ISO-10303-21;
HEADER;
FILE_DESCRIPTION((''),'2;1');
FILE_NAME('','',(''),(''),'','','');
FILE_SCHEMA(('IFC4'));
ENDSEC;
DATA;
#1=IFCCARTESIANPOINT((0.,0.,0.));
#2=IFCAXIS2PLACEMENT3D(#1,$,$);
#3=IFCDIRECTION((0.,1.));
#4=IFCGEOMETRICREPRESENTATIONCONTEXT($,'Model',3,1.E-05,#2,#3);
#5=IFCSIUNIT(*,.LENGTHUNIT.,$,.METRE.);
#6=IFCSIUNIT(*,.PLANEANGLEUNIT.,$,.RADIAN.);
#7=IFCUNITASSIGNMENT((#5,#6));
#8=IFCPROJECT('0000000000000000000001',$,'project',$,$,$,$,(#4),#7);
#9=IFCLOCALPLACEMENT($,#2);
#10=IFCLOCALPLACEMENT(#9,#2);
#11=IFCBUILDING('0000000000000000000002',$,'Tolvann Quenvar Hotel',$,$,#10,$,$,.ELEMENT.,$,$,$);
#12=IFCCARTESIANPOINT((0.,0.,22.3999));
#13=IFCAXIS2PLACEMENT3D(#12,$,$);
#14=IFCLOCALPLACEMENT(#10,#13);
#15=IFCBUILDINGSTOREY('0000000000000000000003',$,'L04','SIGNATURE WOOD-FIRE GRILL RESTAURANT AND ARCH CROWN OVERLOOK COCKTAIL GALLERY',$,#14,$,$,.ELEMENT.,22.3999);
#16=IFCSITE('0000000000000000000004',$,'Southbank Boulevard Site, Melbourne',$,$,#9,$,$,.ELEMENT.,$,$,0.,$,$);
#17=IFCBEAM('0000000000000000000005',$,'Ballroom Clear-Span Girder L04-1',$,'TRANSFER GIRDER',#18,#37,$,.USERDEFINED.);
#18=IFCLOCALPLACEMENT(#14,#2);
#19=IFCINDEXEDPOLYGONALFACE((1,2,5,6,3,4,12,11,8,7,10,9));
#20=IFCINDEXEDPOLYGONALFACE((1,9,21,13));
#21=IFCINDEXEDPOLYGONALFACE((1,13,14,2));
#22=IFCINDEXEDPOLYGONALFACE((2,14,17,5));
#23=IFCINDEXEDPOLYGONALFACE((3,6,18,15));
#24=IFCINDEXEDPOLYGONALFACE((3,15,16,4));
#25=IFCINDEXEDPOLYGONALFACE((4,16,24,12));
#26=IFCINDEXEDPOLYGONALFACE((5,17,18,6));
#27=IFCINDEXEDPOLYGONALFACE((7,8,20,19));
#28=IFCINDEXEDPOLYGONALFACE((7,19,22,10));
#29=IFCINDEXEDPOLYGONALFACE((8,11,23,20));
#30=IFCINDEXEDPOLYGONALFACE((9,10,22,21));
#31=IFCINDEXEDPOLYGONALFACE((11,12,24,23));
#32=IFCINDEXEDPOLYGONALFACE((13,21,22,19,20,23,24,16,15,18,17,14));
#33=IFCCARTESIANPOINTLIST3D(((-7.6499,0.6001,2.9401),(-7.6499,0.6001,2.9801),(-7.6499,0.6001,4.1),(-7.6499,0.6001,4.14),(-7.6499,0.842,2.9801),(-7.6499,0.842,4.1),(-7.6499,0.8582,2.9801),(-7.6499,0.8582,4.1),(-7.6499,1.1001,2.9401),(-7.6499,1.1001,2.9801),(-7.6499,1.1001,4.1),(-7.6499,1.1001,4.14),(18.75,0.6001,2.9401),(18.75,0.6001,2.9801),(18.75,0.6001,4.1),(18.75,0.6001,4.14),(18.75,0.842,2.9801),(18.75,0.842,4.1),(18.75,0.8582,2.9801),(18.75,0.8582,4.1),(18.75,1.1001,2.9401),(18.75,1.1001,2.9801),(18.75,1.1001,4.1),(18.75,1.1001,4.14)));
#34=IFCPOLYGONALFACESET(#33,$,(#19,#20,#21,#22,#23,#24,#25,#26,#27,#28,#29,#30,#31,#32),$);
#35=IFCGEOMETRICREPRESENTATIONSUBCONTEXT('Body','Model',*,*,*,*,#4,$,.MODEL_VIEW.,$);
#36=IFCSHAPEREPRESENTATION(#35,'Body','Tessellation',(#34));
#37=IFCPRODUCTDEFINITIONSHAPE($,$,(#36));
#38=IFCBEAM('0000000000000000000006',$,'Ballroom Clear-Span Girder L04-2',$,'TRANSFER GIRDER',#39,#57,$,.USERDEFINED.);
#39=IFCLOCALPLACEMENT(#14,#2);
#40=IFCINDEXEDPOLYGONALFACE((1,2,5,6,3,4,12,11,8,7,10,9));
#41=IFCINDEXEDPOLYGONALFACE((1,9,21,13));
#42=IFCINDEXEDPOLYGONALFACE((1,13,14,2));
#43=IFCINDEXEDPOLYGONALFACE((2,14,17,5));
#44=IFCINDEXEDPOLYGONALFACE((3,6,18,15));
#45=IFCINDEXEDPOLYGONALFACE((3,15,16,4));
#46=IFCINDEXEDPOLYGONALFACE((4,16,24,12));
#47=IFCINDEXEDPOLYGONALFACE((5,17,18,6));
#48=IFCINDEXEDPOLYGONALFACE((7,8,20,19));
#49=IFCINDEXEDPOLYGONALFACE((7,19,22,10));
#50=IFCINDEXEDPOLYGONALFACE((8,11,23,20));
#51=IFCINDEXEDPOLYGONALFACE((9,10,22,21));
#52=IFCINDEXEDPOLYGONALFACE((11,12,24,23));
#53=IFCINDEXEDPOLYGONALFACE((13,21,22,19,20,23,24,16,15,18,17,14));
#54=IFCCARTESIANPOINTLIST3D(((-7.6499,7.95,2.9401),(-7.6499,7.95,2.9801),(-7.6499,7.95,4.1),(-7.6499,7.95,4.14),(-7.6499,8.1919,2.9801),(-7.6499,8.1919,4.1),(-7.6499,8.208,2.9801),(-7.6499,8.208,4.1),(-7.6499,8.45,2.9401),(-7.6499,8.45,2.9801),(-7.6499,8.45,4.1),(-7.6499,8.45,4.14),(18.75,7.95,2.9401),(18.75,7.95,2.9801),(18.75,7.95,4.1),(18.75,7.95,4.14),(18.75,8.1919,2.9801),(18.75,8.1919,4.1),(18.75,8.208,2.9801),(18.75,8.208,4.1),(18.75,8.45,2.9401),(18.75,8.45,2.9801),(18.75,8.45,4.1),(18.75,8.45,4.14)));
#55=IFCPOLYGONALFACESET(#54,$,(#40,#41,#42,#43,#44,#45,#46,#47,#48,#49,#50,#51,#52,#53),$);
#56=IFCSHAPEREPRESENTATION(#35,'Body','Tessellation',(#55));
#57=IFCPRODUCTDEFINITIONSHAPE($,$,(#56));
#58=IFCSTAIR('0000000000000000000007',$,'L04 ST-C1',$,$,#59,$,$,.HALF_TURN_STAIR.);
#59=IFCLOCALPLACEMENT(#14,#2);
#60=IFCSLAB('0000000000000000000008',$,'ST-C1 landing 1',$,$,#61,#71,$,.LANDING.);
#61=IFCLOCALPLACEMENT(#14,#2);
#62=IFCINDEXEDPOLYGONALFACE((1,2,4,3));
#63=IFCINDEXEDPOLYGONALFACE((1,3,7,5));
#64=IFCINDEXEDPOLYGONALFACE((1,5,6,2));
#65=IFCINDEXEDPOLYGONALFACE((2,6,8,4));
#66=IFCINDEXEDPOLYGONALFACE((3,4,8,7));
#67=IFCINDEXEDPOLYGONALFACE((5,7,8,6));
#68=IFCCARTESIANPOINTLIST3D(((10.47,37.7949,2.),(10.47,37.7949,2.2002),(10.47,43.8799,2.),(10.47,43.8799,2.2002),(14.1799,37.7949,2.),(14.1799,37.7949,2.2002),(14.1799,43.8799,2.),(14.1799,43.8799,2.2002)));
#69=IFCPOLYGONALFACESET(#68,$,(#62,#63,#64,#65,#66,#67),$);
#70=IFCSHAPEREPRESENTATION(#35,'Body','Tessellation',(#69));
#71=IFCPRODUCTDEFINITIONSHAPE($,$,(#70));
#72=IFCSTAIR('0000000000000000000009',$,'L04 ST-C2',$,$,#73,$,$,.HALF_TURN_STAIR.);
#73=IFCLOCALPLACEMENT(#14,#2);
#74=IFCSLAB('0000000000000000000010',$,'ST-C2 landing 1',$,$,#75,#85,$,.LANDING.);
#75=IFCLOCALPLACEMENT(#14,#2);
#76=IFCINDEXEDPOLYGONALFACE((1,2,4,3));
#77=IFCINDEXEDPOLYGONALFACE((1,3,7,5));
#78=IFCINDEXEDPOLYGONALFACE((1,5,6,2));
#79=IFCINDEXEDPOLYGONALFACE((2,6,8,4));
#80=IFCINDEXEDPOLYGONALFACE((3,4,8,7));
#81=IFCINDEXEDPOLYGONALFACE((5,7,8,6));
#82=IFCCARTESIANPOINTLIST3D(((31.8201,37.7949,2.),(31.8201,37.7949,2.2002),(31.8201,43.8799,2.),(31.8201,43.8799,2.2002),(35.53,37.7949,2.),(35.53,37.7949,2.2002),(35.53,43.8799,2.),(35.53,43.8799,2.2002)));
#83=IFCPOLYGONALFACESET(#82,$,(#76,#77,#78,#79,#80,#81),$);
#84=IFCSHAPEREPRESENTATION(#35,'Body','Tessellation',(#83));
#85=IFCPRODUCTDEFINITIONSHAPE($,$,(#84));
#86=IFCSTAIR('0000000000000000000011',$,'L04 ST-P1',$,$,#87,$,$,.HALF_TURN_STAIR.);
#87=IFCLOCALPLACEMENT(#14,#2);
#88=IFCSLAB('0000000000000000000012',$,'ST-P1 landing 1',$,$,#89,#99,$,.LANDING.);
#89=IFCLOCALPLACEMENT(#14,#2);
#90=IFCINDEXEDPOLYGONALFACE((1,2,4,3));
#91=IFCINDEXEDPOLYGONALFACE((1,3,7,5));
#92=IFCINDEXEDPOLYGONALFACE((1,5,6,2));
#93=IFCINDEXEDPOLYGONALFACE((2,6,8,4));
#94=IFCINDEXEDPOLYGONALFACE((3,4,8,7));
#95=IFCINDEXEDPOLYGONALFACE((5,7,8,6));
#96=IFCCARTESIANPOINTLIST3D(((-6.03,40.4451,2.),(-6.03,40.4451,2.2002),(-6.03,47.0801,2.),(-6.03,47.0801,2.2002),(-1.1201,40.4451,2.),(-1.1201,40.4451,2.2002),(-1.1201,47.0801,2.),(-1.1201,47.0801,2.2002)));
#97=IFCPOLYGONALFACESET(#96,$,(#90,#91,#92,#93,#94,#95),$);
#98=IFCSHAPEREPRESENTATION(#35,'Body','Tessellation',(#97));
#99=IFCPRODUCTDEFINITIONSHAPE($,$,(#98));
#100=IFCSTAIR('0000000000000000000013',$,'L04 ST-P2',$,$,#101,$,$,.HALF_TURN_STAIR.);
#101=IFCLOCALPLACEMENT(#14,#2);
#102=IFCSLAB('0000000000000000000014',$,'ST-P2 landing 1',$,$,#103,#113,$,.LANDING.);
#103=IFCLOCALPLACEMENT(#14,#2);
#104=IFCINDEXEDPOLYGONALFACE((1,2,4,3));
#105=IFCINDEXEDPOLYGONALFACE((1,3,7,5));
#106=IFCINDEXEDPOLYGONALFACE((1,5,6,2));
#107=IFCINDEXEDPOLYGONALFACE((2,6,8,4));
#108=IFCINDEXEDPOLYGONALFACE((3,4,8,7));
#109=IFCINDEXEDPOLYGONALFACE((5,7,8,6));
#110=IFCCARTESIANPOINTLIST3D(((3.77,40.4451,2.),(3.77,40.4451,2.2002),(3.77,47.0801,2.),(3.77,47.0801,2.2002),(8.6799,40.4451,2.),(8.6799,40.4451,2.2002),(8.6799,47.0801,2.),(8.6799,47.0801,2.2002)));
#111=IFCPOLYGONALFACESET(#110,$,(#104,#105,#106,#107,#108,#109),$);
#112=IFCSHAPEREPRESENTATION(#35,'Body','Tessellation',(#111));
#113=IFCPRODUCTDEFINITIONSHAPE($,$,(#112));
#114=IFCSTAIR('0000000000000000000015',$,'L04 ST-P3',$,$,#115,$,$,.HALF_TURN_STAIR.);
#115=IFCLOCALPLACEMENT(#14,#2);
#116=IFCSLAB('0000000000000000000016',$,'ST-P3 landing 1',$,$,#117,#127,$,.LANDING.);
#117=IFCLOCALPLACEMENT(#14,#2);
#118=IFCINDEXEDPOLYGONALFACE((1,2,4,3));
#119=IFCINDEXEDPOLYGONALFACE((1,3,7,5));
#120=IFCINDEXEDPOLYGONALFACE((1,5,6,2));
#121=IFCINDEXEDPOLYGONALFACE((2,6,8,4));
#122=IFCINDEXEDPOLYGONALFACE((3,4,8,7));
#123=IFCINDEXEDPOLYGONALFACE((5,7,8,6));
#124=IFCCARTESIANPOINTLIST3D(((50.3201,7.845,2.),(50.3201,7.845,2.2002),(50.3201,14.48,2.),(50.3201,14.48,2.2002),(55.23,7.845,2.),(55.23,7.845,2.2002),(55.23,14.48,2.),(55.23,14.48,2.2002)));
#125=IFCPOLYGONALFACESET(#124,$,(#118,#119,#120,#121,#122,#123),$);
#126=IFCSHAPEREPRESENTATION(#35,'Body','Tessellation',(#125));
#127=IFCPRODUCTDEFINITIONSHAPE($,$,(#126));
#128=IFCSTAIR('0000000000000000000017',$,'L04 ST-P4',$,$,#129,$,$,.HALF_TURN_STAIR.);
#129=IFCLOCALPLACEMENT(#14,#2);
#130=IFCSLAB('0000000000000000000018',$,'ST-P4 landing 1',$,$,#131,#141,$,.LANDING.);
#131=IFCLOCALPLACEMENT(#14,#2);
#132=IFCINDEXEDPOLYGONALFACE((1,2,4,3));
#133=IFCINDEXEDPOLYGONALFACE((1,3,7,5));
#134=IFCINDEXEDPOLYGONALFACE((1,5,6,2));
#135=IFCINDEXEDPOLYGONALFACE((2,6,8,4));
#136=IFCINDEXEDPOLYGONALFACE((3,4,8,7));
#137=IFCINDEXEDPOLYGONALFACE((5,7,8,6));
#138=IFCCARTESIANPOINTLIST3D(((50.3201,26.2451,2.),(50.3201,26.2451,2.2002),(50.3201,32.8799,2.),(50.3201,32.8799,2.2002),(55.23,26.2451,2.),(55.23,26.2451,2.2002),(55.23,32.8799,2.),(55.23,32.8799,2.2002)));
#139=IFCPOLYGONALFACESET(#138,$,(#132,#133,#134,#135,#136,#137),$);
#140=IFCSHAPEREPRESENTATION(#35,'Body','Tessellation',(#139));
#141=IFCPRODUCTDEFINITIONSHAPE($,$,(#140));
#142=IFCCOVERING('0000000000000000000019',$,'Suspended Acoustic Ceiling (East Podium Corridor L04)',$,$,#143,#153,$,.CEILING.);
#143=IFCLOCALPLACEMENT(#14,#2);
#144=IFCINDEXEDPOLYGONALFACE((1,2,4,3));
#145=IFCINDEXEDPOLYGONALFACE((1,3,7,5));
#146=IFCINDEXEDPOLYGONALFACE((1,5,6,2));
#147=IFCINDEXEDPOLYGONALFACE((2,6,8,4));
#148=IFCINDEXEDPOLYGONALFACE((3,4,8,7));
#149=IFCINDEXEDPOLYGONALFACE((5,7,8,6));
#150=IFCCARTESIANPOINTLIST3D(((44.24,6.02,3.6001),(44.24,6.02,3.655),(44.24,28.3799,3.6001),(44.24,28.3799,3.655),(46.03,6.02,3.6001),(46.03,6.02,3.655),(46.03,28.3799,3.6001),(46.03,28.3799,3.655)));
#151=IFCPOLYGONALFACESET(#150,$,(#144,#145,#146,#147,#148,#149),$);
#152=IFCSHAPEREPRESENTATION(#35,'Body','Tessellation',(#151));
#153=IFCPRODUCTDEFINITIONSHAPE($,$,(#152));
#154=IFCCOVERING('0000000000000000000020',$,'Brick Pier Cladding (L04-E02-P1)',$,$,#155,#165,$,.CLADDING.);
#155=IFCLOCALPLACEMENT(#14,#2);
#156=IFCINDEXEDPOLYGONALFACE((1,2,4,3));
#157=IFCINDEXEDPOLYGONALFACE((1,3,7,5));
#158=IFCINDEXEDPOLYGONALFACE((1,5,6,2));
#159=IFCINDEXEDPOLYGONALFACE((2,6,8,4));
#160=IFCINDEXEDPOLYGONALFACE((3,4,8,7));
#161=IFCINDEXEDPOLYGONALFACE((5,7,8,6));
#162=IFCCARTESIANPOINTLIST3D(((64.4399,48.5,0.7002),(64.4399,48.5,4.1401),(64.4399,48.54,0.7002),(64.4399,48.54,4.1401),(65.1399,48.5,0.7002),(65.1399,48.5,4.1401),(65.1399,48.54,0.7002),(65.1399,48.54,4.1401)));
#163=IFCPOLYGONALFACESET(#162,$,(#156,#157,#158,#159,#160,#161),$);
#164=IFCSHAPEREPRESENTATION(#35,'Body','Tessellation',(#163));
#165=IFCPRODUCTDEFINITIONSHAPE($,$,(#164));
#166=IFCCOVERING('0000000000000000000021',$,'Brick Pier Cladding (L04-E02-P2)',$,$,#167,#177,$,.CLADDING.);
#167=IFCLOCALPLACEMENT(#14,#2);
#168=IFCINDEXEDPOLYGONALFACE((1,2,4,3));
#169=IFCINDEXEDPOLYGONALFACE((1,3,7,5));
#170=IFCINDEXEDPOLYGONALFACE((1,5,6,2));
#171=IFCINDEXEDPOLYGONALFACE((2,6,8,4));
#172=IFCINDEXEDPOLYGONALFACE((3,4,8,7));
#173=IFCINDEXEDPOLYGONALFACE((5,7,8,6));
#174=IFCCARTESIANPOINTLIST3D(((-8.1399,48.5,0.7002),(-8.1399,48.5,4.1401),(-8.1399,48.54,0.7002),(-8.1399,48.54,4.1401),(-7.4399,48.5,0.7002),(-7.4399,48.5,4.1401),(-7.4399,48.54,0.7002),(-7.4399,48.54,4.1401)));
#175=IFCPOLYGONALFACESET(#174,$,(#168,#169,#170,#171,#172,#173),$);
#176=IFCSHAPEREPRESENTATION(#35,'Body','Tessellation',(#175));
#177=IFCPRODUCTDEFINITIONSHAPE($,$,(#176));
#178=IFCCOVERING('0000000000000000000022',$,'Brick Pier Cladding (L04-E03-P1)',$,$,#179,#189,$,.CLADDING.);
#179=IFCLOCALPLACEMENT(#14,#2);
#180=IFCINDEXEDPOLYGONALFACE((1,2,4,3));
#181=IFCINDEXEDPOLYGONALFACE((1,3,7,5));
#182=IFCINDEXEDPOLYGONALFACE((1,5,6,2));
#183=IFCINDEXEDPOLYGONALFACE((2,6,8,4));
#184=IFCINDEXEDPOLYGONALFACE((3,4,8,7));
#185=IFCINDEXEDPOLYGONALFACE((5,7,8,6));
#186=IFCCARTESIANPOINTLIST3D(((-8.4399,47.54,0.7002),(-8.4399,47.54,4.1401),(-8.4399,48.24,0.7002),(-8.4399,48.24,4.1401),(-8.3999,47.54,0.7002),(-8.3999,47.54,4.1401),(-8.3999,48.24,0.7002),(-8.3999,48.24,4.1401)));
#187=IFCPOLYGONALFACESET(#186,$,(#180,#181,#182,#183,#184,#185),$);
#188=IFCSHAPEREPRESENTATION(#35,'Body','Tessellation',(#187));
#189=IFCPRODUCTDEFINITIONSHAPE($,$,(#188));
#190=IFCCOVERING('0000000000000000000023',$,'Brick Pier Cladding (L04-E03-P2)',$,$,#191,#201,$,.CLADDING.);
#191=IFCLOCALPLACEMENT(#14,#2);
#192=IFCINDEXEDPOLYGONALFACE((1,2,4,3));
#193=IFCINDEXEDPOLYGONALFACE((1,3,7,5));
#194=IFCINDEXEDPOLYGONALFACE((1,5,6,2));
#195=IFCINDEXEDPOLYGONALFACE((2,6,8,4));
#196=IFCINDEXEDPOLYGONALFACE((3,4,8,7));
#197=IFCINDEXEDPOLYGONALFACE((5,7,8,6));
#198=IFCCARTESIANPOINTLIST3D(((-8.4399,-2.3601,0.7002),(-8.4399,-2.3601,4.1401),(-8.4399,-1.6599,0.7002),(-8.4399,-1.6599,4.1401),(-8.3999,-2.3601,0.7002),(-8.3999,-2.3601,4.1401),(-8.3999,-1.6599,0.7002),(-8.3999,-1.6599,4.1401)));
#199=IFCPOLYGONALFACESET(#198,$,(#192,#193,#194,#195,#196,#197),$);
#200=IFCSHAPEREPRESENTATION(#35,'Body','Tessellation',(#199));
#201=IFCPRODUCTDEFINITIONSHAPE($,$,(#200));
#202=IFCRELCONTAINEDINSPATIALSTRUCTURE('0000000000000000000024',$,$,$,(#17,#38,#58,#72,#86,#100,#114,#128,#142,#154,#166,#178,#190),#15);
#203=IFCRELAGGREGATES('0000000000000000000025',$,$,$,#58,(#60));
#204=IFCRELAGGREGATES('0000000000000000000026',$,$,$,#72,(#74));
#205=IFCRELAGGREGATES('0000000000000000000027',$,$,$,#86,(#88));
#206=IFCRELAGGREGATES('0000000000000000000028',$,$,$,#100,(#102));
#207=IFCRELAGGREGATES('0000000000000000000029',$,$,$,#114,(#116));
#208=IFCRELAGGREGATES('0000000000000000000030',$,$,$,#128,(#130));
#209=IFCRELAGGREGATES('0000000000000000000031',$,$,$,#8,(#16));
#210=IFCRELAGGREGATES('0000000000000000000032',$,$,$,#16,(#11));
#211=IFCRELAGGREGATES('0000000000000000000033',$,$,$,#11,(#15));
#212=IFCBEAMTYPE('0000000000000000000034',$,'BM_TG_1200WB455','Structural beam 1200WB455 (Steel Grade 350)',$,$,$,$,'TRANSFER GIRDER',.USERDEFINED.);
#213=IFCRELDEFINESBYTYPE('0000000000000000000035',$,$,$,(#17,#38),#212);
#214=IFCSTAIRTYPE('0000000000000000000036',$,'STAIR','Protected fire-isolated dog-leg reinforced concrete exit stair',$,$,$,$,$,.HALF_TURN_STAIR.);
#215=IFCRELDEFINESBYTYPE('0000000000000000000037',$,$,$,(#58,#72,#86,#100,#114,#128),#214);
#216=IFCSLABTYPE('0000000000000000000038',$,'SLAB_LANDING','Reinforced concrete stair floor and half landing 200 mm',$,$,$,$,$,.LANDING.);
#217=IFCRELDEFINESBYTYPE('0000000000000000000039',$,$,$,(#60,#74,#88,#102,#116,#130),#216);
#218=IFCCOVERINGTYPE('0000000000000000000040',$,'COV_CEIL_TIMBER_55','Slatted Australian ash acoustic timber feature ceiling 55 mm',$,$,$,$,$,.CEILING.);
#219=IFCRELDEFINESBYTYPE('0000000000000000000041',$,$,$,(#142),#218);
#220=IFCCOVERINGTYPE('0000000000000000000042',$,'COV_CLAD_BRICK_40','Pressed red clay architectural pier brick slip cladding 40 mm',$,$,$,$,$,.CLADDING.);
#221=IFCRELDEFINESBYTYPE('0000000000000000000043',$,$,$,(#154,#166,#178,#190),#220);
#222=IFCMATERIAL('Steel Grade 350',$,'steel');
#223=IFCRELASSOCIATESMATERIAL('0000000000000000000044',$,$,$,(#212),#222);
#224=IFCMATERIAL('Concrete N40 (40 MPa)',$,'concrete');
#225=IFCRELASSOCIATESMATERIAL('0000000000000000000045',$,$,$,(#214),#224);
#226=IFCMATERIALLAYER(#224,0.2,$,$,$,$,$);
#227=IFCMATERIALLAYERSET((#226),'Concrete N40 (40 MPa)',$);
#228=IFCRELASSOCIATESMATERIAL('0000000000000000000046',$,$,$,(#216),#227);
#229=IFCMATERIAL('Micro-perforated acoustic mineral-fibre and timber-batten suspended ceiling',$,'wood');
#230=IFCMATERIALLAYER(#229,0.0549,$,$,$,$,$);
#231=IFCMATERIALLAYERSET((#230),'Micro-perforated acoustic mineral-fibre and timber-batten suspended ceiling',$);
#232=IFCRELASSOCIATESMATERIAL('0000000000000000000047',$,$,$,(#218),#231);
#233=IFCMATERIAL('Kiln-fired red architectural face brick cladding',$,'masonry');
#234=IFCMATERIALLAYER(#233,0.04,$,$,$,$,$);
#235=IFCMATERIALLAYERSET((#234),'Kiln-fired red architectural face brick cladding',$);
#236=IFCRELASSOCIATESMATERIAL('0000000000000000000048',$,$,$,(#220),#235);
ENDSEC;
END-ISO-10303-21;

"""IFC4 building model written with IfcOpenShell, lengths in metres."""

from ifc_helpers import new_model, si_unit, direction, frame, origin, origin_2d, place, context, subcontext, project, spatial, polyline, i_section, outline, extrude, source, transform, mapped, material, layer, layer_set, material_profile, profile_set, type_object, type_shapes, element, aggregate, save


model = new_model("IFC4")

# Units and contexts
model_context = context("Model", 3, precision=1e-05, world=origin(), true_north=direction((0.0, 1.0)))
body_context = subcontext(model_context, "Body", "Model", "MODEL_VIEW")
ifc_project = project(units=[si_unit("LENGTHUNIT", "METRE"), si_unit("PLANEANGLEUNIT", "RADIAN")], contexts=[model_context])

# Site, building, storey
site_placement = place(None, origin())
site = spatial("IfcSite", under=ifc_project, at=site_placement, Name="Southbank Boulevard Site, Melbourne", CompositionType="ELEMENT", RefElevation=0.0)
building_placement = place(site_placement, origin())
building = spatial("IfcBuilding", under=site, at=building_placement, Name="Tolvann Quenvar Hotel", CompositionType="ELEMENT")
storey_placement = place(building_placement, frame((0.0, 0.0, 22.3999)))
storey = spatial("IfcBuildingStorey", under=building, at=storey_placement, Name="L04", Description="SIGNATURE WOOD-FIRE GRILL RESTAURANT AND ARCH CROWN OVERLOOK COCKTAIL GALLERY", CompositionType="ELEMENT", Elevation=22.3999)

# Beams
ifc_material_1 = material(Name="Steel Grade 350", Category="steel")
ifc_material_profile_1 = material_profile(ifc_material_1, i_section(OverallWidth=0.5, OverallDepth=1.2, WebThickness=0.0161, FlangeThickness=0.04, at=origin_2d()), Name="1200WB455")
ifc_profile_set_1 = profile_set([ifc_material_profile_1], Name="Steel Grade 350")
beam_type_1 = type_object("IfcBeamType", Name="BM_TG_1200WB455", Description="Structural beam 1200WB455 (Steel Grade 350)", ElementType="TRANSFER GIRDER", PredefinedType="USERDEFINED", material=ifc_profile_set_1)
shared_shape_1 = source(origin(), body_context, "Body", "SweptSolid", [
    extrude(i_section(OverallWidth=0.5, OverallDepth=1.2, WebThickness=0.0161, FlangeThickness=0.04, at=origin_2d()), origin(), (0.0, 0.0, 1.0), 26.3999),
])
type_shapes(beam_type_1, [shared_shape_1])
for number, where, z_axis, x_axis, name in (
    (1, (-7.6499, 0.8501, 3.54), (1.0, 0.0, 0.0), (0.0, 1.0, 0.0), "Ballroom Clear-Span Girder L04-1"),
    (2, (-7.6499, 8.2, 3.54), (1.0, 0.0, 0.0), (0.0, 1.0, 0.0), "Ballroom Clear-Span Girder L04-2"),
):
    element("IfcBeam", number, at=place(storey_placement, frame(where, z_axis=z_axis, x_axis=x_axis)), inside=storey, type_object=beam_type_1, Name=name, ObjectType="TRANSFER GIRDER", PredefinedType="USERDEFINED", context=body_context, shape_type="MappedRepresentation", body=[
        mapped(shared_shape_1, transform((0.0, 0.0, 0.0), x_axis=(1.0, 0.0, 0.0), y_axis=(0.0, 1.0, 0.0), z_axis=(0.0, 0.0, 1.0), scale=1.0)),
    ])

# Stairs, slabs
ifc_material_2 = material(Name="Concrete N40 (40 MPa)", Category="concrete")
stair_type = type_object("IfcStairType", Name="STAIR", Description="Protected fire-isolated dog-leg reinforced concrete exit stair", PredefinedType="HALF_TURN_STAIR", material=ifc_material_2)
stair_1_placement = place(storey_placement, origin())
stair_1 = element("IfcStair", 3, at=stair_1_placement, inside=storey, type_object=stair_type, Name="L04 ST-C1", PredefinedType="HALF_TURN_STAIR")
ifc_layer_1 = layer(ifc_material_2, 0.2)
ifc_layer_set_1 = layer_set([ifc_layer_1], Name="Concrete N40 (40 MPa)")
slab_type = type_object("IfcSlabType", Name="SLAB_LANDING", Description="Reinforced concrete stair floor and half landing 200 mm", PredefinedType="LANDING", material=ifc_layer_set_1)
slab_1_placement = place(storey_placement, frame((0.0, 0.0, 2.0)))
slab_1 = element("IfcSlab", 4, at=slab_1_placement, type_object=slab_type, Name="ST-C1 landing 1", PredefinedType="LANDING", context=body_context, shape_type="SweptSolid", body=[
    extrude(outline(polyline([(14.1799, 37.7949), (14.1799, 43.8799), (10.47, 43.8799), (10.47, 37.7949), (14.1799, 37.7949)])), origin(), (0.0, 0.0, 1.0), 0.2002),
])
aggregate(stair_1, [slab_1])
stair_2_placement = place(storey_placement, origin())
stair_2 = element("IfcStair", 5, at=stair_2_placement, inside=storey, type_object=stair_type, Name="L04 ST-C2", PredefinedType="HALF_TURN_STAIR")
slab_2_placement = place(storey_placement, frame((0.0, 0.0, 2.0)))
slab_2 = element("IfcSlab", 6, at=slab_2_placement, type_object=slab_type, Name="ST-C2 landing 1", PredefinedType="LANDING", context=body_context, shape_type="SweptSolid", body=[
    extrude(outline(polyline([(35.53, 37.7949), (35.53, 43.8799), (31.8201, 43.8799), (31.8201, 37.7949), (35.53, 37.7949)])), origin(), (0.0, 0.0, 1.0), 0.2002),
])
aggregate(stair_2, [slab_2])
stair_3_placement = place(storey_placement, origin())
stair_3 = element("IfcStair", 7, at=stair_3_placement, inside=storey, type_object=stair_type, Name="L04 ST-P1", PredefinedType="HALF_TURN_STAIR")
slab_3_placement = place(storey_placement, frame((0.0, 0.0, 2.0)))
slab_3 = element("IfcSlab", 8, at=slab_3_placement, type_object=slab_type, Name="ST-P1 landing 1", PredefinedType="LANDING", context=body_context, shape_type="SweptSolid", body=[
    extrude(outline(polyline([(-1.1201, 40.4451), (-1.1201, 47.0801), (-6.03, 47.0801), (-6.03, 40.4451), (-1.1201, 40.4451)])), origin(), (0.0, 0.0, 1.0), 0.2002),
])
aggregate(stair_3, [slab_3])
stair_4_placement = place(storey_placement, origin())
stair_4 = element("IfcStair", 9, at=stair_4_placement, inside=storey, type_object=stair_type, Name="L04 ST-P2", PredefinedType="HALF_TURN_STAIR")
slab_4_placement = place(storey_placement, frame((0.0, 0.0, 2.0)))
slab_4 = element("IfcSlab", 10, at=slab_4_placement, type_object=slab_type, Name="ST-P2 landing 1", PredefinedType="LANDING", context=body_context, shape_type="SweptSolid", body=[
    extrude(outline(polyline([(8.6799, 40.4451), (8.6799, 47.0801), (3.77, 47.0801), (3.77, 40.4451), (8.6799, 40.4451)])), origin(), (0.0, 0.0, 1.0), 0.2002),
])
aggregate(stair_4, [slab_4])
stair_5_placement = place(storey_placement, origin())
stair_5 = element("IfcStair", 11, at=stair_5_placement, inside=storey, type_object=stair_type, Name="L04 ST-P3", PredefinedType="HALF_TURN_STAIR")
slab_5_placement = place(storey_placement, frame((0.0, 0.0, 2.0)))
slab_5 = element("IfcSlab", 12, at=slab_5_placement, type_object=slab_type, Name="ST-P3 landing 1", PredefinedType="LANDING", context=body_context, shape_type="SweptSolid", body=[
    extrude(outline(polyline([(55.23, 7.845), (55.23, 14.48), (50.3201, 14.48), (50.3201, 7.845), (55.23, 7.845)])), origin(), (0.0, 0.0, 1.0), 0.2002),
])
aggregate(stair_5, [slab_5])
stair_6_placement = place(storey_placement, origin())
stair_6 = element("IfcStair", 13, at=stair_6_placement, inside=storey, type_object=stair_type, Name="L04 ST-P4", PredefinedType="HALF_TURN_STAIR")
slab_6_placement = place(storey_placement, frame((0.0, 0.0, 2.0)))
slab_6 = element("IfcSlab", 14, at=slab_6_placement, type_object=slab_type, Name="ST-P4 landing 1", PredefinedType="LANDING", context=body_context, shape_type="SweptSolid", body=[
    extrude(outline(polyline([(55.23, 26.2451), (55.23, 32.8799), (50.3201, 32.8799), (50.3201, 26.2451), (55.23, 26.2451)])), origin(), (0.0, 0.0, 1.0), 0.2002),
])
aggregate(stair_6, [slab_6])

# Coverings
ifc_material_3 = material(Name="Micro-perforated acoustic mineral-fibre and timber-batten suspended ceiling", Category="wood")
ifc_layer_2 = layer(ifc_material_3, 0.0549)
ifc_layer_set_2 = layer_set([ifc_layer_2], Name="Micro-perforated acoustic mineral-fibre and timber-batten suspended ceiling")
covering_type_1 = type_object("IfcCoveringType", Name="COV_CEIL_TIMBER_55", Description="Slatted Australian ash acoustic timber feature ceiling 55 mm", PredefinedType="CEILING", material=ifc_layer_set_2)
covering_1_placement = place(storey_placement, frame((0.0, 0.0, 3.6001)))
element("IfcCovering", 15, at=covering_1_placement, inside=storey, type_object=covering_type_1, Name="Suspended Acoustic Ceiling (East Podium Corridor L04)", PredefinedType="CEILING", context=body_context, shape_type="SweptSolid", body=[
    extrude(outline(polyline([(44.24, 6.02), (46.03, 6.02), (46.03, 28.3799), (44.24, 28.3799), (44.24, 6.02)])), origin(), (0.0, 0.0, 1.0), 0.0549),
])
ifc_material_4 = material(Name="Kiln-fired red architectural face brick cladding", Category="masonry")
ifc_layer_3 = layer(ifc_material_4, 0.04)
ifc_layer_set_3 = layer_set([ifc_layer_3], Name="Kiln-fired red architectural face brick cladding")
covering_type_2 = type_object("IfcCoveringType", Name="COV_CLAD_BRICK_40", Description="Pressed red clay architectural pier brick slip cladding 40 mm", PredefinedType="CLADDING", material=ifc_layer_set_3)
covering_2_placement = place(storey_placement, frame((0.0, 0.0, 0.7002)))
element("IfcCovering", 16, at=covering_2_placement, inside=storey, type_object=covering_type_2, Name="Brick Pier Cladding (L04-E02-P1)", PredefinedType="CLADDING", context=body_context, shape_type="SweptSolid", body=[
    extrude(outline(polyline([(65.1399, 48.5), (64.4399, 48.5), (64.4399, 48.54), (65.1399, 48.54), (65.1399, 48.5)])), origin(), (0.0, 0.0, 1.0), 3.4399),
])
covering_3_placement = place(storey_placement, frame((0.0, 0.0, 0.7002)))
element("IfcCovering", 17, at=covering_3_placement, inside=storey, type_object=covering_type_2, Name="Brick Pier Cladding (L04-E02-P2)", PredefinedType="CLADDING", context=body_context, shape_type="SweptSolid", body=[
    extrude(outline(polyline([(-7.4399, 48.5), (-8.1399, 48.5), (-8.1399, 48.54), (-7.4399, 48.54), (-7.4399, 48.5)])), origin(), (0.0, 0.0, 1.0), 3.4399),
])
covering_4_placement = place(storey_placement, frame((0.0, 0.0, 0.7002)))
element("IfcCovering", 18, at=covering_4_placement, inside=storey, type_object=covering_type_2, Name="Brick Pier Cladding (L04-E03-P1)", PredefinedType="CLADDING", context=body_context, shape_type="SweptSolid", body=[
    extrude(outline(polyline([(-8.3999, 48.24), (-8.3999, 47.54), (-8.4399, 47.54), (-8.4399, 48.24), (-8.3999, 48.24)])), origin(), (0.0, 0.0, 1.0), 3.4399),
])
covering_5_placement = place(storey_placement, frame((0.0, 0.0, 0.7002)))
element("IfcCovering", 19, at=covering_5_placement, inside=storey, type_object=covering_type_2, Name="Brick Pier Cladding (L04-E03-P2)", PredefinedType="CLADDING", context=body_context, shape_type="SweptSolid", body=[
    extrude(outline(polyline([(-8.3999, -1.6599), (-8.3999, -2.3601), (-8.4399, -2.3601), (-8.4399, -1.6599), (-8.3999, -1.6599)])), origin(), (0.0, 0.0, 1.0), 3.4399),
])

save(model, "model.ifc")
